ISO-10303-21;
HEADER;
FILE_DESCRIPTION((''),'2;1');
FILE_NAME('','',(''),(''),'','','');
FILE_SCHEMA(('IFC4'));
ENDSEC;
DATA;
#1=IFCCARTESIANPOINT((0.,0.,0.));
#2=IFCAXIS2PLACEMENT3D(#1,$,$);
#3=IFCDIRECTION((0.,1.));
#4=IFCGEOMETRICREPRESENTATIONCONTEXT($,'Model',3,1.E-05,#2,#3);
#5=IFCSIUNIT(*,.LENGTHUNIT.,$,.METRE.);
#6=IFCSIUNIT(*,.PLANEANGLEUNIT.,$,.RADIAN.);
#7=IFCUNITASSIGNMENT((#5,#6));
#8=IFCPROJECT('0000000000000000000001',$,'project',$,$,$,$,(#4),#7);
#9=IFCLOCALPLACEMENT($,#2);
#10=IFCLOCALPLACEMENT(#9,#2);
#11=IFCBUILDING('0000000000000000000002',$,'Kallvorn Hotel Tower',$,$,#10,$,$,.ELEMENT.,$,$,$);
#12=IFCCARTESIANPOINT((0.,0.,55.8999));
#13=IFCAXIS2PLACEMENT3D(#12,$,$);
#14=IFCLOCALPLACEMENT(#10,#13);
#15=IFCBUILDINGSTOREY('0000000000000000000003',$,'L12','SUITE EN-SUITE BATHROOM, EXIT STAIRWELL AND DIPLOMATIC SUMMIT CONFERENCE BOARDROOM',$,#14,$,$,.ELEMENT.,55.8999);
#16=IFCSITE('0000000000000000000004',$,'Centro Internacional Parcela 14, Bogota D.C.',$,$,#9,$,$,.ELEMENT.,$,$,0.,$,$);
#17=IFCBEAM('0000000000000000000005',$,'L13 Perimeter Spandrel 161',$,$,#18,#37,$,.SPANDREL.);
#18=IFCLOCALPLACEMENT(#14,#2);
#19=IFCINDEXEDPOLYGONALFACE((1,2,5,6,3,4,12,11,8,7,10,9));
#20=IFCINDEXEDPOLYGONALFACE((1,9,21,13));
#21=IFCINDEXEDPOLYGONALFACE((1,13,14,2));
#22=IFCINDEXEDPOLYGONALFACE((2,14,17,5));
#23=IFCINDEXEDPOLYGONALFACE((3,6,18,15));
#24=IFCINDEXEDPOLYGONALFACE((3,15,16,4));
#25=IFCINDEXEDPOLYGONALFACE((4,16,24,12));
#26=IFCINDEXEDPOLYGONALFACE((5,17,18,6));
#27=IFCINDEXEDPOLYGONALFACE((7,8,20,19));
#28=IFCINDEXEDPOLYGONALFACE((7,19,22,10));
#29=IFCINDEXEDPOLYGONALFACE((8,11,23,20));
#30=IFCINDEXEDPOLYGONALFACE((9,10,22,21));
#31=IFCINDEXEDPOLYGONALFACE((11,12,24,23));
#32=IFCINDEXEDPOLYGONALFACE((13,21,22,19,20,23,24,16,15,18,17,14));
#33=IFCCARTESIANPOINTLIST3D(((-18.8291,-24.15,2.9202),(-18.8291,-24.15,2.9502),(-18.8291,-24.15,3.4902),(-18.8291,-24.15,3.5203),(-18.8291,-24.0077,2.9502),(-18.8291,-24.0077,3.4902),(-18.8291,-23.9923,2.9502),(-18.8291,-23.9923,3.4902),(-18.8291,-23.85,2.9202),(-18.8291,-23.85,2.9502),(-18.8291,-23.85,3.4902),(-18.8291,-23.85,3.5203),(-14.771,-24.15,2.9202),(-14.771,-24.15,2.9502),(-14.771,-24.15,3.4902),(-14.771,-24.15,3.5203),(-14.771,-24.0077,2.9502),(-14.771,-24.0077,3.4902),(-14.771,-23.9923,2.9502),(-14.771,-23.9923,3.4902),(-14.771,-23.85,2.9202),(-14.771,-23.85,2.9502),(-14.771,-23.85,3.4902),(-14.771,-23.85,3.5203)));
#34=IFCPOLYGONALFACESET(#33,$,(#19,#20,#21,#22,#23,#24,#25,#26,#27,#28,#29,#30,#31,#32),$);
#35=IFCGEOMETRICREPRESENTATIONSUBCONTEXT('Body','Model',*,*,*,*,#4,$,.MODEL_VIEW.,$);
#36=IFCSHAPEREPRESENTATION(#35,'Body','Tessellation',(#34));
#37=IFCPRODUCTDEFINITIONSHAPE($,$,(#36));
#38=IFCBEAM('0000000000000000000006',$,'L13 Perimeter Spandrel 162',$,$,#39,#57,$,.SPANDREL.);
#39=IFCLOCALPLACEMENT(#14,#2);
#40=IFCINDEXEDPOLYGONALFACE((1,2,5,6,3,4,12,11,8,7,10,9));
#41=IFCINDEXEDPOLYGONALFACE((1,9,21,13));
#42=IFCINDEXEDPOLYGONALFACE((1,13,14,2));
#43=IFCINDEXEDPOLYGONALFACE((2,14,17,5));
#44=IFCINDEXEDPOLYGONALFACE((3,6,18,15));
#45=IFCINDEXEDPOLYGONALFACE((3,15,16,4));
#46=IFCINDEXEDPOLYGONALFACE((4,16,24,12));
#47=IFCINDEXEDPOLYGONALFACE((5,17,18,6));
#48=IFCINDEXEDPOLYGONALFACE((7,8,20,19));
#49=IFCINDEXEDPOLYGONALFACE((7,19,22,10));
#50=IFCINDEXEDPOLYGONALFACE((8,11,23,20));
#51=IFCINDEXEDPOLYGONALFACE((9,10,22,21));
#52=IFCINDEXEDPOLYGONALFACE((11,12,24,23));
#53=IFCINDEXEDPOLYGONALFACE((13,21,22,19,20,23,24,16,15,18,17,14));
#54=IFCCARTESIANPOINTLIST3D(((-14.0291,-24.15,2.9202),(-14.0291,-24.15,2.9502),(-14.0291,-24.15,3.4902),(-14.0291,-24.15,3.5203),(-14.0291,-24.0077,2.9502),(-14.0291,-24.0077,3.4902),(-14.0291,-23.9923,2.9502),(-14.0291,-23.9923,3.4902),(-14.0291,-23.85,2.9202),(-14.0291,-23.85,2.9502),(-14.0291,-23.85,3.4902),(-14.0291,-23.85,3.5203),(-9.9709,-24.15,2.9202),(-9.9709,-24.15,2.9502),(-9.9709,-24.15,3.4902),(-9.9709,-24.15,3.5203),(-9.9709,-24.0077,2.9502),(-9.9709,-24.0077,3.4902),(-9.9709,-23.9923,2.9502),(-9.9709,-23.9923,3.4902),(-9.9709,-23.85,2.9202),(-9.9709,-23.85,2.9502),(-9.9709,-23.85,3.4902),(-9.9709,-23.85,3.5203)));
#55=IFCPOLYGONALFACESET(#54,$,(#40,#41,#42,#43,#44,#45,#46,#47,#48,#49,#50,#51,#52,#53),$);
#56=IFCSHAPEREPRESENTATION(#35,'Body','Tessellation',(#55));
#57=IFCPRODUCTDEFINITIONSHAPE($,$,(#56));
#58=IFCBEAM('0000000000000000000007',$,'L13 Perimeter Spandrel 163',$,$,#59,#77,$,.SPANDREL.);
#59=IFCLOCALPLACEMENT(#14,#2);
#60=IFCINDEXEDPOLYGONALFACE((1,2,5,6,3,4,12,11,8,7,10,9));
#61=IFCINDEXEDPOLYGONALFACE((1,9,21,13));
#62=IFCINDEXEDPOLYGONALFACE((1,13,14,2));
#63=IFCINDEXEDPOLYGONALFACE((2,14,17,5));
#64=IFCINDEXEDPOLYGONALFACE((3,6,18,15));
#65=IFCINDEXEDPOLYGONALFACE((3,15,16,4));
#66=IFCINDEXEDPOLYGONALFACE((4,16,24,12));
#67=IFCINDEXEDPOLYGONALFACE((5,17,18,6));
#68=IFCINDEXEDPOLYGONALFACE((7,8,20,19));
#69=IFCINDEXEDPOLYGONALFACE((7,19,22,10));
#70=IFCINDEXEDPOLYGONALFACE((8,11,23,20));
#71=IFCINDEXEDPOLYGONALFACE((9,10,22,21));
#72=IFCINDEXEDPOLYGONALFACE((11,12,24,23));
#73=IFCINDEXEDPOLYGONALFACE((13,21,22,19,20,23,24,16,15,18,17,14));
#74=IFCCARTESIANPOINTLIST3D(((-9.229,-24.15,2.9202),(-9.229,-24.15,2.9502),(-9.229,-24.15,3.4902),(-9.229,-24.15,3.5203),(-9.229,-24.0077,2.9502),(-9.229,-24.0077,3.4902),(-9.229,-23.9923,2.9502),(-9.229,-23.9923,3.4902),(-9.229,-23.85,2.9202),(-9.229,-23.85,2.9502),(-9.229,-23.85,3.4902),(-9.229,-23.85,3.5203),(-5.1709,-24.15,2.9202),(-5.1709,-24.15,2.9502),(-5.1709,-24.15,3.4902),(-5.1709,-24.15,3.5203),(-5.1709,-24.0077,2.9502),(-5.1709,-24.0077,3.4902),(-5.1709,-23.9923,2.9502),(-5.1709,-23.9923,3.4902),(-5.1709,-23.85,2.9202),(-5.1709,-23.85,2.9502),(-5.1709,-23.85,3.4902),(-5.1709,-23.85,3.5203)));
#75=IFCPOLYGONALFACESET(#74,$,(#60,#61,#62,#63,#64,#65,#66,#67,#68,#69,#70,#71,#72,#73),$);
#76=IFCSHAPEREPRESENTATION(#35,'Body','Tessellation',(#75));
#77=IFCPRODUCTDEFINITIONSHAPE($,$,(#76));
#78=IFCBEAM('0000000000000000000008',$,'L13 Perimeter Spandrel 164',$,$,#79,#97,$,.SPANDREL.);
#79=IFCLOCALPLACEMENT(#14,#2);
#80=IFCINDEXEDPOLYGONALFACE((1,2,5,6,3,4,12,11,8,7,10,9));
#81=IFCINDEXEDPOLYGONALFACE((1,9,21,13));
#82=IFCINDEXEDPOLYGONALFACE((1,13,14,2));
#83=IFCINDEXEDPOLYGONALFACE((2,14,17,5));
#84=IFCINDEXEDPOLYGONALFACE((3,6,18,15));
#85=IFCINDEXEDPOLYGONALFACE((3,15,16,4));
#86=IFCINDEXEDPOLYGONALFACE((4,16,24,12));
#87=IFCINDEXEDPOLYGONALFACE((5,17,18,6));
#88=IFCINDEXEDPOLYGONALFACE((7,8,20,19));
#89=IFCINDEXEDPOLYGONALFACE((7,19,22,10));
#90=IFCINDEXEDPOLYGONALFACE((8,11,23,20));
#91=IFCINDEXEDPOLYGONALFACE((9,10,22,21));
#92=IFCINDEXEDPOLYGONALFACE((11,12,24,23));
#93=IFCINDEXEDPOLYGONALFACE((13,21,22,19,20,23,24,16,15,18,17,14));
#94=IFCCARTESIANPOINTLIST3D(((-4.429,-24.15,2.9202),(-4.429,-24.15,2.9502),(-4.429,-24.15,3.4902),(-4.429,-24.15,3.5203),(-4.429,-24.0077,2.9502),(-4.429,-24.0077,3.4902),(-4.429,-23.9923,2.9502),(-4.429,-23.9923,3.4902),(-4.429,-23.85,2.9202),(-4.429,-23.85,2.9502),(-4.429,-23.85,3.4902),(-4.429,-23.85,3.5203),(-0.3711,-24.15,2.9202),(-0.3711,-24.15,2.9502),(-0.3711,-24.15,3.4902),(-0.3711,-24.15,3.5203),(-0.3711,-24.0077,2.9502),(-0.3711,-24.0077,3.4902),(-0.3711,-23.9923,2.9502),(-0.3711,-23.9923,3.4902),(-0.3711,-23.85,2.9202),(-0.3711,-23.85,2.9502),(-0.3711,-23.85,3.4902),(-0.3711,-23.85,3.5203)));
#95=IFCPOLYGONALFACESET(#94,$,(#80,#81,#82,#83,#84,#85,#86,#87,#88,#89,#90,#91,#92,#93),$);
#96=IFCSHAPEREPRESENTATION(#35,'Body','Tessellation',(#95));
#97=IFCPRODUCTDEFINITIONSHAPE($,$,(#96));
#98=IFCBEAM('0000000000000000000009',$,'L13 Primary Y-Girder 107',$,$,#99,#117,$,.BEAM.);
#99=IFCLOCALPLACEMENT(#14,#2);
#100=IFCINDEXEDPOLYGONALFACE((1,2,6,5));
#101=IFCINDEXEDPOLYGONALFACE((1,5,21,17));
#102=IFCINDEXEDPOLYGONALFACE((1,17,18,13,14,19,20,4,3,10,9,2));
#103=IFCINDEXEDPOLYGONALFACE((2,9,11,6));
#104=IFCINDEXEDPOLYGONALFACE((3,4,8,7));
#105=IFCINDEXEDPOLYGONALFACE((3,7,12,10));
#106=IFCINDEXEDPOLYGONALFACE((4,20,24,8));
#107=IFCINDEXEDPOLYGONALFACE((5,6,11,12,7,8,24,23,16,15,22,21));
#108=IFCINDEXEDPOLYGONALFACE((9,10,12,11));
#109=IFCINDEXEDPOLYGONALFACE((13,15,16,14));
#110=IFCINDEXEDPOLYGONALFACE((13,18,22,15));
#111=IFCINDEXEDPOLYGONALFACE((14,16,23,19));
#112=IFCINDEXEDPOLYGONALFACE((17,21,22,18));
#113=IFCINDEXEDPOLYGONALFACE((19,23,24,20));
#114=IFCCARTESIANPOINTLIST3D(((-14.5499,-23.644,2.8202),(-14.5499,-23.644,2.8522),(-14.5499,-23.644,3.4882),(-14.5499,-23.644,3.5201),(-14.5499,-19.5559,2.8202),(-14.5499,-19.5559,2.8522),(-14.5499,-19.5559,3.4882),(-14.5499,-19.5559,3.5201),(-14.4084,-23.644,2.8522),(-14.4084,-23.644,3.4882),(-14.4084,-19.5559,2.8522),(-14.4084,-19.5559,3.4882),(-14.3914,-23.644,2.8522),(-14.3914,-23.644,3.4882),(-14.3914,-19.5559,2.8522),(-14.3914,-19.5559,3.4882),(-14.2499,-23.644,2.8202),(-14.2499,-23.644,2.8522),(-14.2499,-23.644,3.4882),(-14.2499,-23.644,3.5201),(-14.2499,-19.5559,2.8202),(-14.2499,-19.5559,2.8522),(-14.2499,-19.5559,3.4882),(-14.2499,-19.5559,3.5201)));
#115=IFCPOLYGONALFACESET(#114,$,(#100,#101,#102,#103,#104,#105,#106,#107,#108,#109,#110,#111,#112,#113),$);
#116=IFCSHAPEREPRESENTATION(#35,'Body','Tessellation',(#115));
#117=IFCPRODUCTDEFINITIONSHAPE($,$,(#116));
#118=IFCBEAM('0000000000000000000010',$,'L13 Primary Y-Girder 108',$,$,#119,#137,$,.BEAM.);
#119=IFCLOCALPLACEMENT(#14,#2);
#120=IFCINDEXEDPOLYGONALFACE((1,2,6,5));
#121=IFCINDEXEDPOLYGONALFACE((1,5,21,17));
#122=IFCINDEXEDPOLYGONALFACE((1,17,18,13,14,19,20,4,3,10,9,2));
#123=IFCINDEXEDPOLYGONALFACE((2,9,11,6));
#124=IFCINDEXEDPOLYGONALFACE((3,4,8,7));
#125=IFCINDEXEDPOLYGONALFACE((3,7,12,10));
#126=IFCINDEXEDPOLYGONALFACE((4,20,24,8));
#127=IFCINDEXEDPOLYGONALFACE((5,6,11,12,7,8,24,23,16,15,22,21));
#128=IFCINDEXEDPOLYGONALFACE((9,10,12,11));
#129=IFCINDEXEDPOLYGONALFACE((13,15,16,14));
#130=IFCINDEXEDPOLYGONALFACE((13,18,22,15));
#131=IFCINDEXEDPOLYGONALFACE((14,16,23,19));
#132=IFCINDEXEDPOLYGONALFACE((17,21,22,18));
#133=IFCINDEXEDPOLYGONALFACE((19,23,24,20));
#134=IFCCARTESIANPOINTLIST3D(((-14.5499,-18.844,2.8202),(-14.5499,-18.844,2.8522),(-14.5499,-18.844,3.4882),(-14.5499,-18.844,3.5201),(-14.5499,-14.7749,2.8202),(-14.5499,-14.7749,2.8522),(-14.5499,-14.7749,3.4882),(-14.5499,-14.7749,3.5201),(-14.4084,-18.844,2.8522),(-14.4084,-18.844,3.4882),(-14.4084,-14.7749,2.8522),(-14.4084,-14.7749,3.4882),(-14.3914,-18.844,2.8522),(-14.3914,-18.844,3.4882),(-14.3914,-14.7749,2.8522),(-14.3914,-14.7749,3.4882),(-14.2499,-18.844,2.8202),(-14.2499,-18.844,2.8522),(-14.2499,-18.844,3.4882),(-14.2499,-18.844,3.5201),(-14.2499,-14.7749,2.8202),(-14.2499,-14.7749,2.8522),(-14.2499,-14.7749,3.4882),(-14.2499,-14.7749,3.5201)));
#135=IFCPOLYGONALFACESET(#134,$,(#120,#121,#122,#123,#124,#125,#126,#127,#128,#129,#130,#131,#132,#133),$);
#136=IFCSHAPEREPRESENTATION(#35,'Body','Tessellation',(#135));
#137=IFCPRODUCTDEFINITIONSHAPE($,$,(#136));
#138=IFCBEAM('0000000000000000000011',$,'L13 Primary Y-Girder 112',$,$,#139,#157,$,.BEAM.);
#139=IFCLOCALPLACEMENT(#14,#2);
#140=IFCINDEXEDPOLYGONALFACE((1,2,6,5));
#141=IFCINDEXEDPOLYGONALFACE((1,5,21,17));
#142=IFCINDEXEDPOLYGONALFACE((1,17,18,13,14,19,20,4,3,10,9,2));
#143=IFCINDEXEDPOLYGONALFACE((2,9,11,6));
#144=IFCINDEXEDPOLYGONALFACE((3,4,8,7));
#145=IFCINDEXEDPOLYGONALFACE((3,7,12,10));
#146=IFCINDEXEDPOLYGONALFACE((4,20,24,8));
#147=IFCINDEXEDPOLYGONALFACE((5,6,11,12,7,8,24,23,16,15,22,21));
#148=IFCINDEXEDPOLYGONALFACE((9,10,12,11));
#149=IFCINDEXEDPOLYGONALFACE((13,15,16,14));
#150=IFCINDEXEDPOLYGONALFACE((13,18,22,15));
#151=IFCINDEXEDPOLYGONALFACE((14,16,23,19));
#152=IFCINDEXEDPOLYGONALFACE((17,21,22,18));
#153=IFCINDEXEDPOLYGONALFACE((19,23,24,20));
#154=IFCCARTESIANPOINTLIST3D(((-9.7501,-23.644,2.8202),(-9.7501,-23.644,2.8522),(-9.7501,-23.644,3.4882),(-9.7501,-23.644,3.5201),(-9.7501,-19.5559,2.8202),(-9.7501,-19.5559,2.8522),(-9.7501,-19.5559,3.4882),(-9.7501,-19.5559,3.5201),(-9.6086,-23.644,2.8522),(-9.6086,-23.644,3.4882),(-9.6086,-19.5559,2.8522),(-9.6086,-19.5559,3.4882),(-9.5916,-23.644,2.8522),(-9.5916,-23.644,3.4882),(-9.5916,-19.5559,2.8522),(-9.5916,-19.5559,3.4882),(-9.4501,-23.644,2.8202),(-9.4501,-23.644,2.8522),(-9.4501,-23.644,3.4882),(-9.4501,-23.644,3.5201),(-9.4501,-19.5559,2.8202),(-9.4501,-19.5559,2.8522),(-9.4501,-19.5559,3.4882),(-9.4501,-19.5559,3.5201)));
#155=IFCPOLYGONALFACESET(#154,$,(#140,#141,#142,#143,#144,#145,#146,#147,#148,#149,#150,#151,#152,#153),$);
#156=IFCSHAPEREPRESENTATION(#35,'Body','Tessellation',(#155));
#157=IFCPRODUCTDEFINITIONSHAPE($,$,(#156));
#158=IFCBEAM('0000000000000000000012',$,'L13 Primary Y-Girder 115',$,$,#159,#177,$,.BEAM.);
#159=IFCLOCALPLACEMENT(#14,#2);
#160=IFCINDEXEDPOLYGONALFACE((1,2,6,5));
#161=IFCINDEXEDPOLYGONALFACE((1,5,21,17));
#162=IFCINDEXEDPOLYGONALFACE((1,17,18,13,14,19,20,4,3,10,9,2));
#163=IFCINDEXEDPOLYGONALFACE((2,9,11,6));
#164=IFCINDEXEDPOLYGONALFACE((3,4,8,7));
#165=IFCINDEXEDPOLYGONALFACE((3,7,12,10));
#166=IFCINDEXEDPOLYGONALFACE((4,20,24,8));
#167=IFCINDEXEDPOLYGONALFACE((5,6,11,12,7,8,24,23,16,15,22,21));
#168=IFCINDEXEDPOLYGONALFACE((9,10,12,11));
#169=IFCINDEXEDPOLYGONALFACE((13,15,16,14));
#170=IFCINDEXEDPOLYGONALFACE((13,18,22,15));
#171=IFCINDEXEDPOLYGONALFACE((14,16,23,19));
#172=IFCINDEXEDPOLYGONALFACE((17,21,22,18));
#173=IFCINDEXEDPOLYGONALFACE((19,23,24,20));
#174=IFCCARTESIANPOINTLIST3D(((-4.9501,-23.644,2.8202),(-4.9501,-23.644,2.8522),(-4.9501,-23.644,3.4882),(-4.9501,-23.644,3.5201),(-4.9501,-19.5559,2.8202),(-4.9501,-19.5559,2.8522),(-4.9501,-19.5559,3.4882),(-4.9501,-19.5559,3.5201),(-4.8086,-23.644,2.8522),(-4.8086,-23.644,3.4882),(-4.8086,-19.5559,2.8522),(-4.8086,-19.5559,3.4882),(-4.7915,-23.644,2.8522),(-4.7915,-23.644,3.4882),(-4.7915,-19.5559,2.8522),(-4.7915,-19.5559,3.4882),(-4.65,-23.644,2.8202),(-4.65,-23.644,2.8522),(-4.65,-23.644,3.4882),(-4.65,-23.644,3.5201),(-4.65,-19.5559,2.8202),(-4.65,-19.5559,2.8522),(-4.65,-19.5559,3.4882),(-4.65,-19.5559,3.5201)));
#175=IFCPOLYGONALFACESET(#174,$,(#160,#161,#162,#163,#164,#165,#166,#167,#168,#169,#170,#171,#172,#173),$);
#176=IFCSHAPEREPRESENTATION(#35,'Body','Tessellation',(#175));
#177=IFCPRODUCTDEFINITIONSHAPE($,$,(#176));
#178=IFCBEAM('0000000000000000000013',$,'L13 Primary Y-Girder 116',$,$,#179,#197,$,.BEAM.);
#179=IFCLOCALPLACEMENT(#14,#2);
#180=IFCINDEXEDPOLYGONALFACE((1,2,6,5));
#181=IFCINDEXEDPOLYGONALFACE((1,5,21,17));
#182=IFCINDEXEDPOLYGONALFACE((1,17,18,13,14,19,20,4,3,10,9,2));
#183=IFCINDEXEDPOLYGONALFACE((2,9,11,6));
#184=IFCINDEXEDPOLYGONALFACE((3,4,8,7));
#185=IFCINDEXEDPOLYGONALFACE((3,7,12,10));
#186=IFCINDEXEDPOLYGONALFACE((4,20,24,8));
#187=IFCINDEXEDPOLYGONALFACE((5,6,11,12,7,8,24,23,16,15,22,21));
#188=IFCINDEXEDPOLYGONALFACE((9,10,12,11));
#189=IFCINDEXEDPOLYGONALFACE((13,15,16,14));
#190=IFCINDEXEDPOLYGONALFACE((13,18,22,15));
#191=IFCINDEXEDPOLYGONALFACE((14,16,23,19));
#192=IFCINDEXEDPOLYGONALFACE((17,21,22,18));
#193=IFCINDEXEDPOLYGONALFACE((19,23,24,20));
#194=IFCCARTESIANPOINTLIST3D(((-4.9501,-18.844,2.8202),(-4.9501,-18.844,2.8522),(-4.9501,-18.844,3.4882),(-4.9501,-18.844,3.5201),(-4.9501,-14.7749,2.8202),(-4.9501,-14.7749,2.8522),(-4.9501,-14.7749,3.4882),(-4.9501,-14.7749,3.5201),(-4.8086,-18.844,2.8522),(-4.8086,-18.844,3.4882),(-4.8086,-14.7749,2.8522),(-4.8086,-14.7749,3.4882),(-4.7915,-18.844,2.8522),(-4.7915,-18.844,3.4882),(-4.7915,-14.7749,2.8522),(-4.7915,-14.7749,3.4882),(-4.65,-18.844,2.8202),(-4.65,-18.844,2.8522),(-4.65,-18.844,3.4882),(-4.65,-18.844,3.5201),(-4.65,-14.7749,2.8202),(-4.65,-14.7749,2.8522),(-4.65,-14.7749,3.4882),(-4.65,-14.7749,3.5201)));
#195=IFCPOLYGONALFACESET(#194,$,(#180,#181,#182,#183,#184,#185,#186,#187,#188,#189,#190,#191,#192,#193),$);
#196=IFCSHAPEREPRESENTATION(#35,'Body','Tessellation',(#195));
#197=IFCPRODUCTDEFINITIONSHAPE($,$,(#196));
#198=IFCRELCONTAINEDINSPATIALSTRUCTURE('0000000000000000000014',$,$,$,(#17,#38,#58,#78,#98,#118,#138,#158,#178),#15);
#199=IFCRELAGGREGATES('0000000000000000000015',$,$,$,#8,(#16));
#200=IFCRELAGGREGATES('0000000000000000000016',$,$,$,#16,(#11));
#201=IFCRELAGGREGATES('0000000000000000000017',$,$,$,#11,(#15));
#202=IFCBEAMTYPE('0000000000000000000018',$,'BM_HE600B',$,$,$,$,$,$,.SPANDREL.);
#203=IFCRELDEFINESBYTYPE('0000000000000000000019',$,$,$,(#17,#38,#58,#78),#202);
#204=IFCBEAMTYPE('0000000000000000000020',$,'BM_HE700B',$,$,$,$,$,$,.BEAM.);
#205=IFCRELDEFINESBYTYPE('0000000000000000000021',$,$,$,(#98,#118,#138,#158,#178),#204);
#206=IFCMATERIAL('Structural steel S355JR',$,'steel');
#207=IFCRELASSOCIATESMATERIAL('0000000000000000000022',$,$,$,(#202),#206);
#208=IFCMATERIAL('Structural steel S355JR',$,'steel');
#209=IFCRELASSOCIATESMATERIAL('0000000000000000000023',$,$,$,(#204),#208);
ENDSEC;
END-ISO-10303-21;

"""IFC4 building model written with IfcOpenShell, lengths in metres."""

from ifc_helpers import new_model, si_unit, direction, frame, origin, origin_2d, place, context, subcontext, project, spatial, i_section, extrude, material, material_profile, profile_set, type_object, element, save


model = new_model("IFC4")

# Units and contexts
model_context = context("Model", 3, precision=1e-05, world=origin(), true_north=direction((0.0, 1.0)))
body_context = subcontext(model_context, "Body", "Model", "MODEL_VIEW")
ifc_project = project(units=[si_unit("LENGTHUNIT", "METRE"), si_unit("PLANEANGLEUNIT", "RADIAN")], contexts=[model_context])

# Site, building, storey
site_placement = place(None, origin())
site = spatial("IfcSite", under=ifc_project, at=site_placement, Name="Centro Internacional Parcela 14, Bogota D.C.", CompositionType="ELEMENT", RefElevation=0.0)
building_placement = place(site_placement, origin())
building = spatial("IfcBuilding", under=site, at=building_placement, Name="Kallvorn Hotel Tower", CompositionType="ELEMENT")
storey_placement = place(building_placement, frame((0.0, 0.0, 55.8999)))
storey = spatial("IfcBuildingStorey", under=building, at=storey_placement, Name="L12", Description="SUITE EN-SUITE BATHROOM, EXIT STAIRWELL AND DIPLOMATIC SUMMIT CONFERENCE BOARDROOM", CompositionType="ELEMENT", Elevation=55.8999)

# Beams
ifc_material_1 = material(Name="Structural steel S355JR", Category="steel")
ifc_material_profile_1 = material_profile(ifc_material_1, i_section(OverallWidth=0.3, OverallDepth=0.6001, WebThickness=0.0154, FlangeThickness=0.03, at=origin_2d()), Name="HE 600 B")
ifc_profile_set_1 = profile_set([ifc_material_profile_1], Name="Structural steel S355JR")
beam_type_1 = type_object("IfcBeamType", Name="BM_HE600B", PredefinedType="SPANDREL", material=ifc_profile_set_1)
for number, where, z_axis, x_axis, name in (
    (1, (-18.8291, -24.0, 3.2202), (1.0, 0.0, 0.0), (0.0, 1.0, 0.0), "L13 Perimeter Spandrel 161"),
    (2, (-14.0291, -24.0, 3.2202), (1.0, 0.0, 0.0), (0.0, 1.0, 0.0), "L13 Perimeter Spandrel 162"),
    (3, (-9.229, -24.0, 3.2202), (1.0, 0.0, 0.0), (0.0, 1.0, 0.0), "L13 Perimeter Spandrel 163"),
):
    element("IfcBeam", number, at=place(storey_placement, frame(where, z_axis=z_axis, x_axis=x_axis)), inside=storey, type_object=beam_type_1, Name=name, PredefinedType="SPANDREL", context=body_context, shape_type="SweptSolid", body=[
        extrude(i_section(OverallWidth=0.3, OverallDepth=0.6001, WebThickness=0.0154, FlangeThickness=0.03, at=origin_2d()), origin(), (0.0, 0.0, 1.0), 4.0581),
    ])
beam_1_placement = place(storey_placement, frame((-4.429, -24.0, 3.2202), z_axis=(1.0, 0.0, 0.0), x_axis=(0.0, 1.0, 0.0)))
element("IfcBeam", 4, at=beam_1_placement, inside=storey, type_object=beam_type_1, Name="L13 Perimeter Spandrel 164", PredefinedType="SPANDREL", context=body_context, shape_type="SweptSolid", body=[
    extrude(i_section(OverallWidth=0.3, OverallDepth=0.6001, WebThickness=0.0154, FlangeThickness=0.03, at=origin_2d()), origin(), (0.0, 0.0, 1.0), 4.0579),
])
ifc_material_2 = material(Name="Structural steel S355JR", Category="steel")
ifc_material_profile_2 = material_profile(ifc_material_2, i_section(OverallWidth=0.3, OverallDepth=0.7, WebThickness=0.0171, FlangeThickness=0.032, at=origin_2d()), Name="HE 700 B")
ifc_profile_set_2 = profile_set([ifc_material_profile_2], Name="Structural steel S355JR")
beam_type_2 = type_object("IfcBeamType", Name="BM_HE700B", PredefinedType="BEAM", material=ifc_profile_set_2)
beam_2_placement = place(storey_placement, frame((-14.3999, -23.644, 3.1702), z_axis=(0.0, 1.0, 0.0), x_axis=(-1.0, 0.0, 0.0)))
element("IfcBeam", 5, at=beam_2_placement, inside=storey, type_object=beam_type_2, Name="L13 Primary Y-Girder 107", PredefinedType="BEAM", context=body_context, shape_type="SweptSolid", body=[
    extrude(i_section(OverallWidth=0.3, OverallDepth=0.7, WebThickness=0.0171, FlangeThickness=0.032, at=origin_2d()), origin(), (0.0, 0.0, 1.0), 4.0881),
])
beam_3_placement = place(storey_placement, frame((-14.3999, -18.844, 3.1702), z_axis=(0.0, 1.0, 0.0), x_axis=(-1.0, 0.0, 0.0)))
element("IfcBeam", 6, at=beam_3_placement, inside=storey, type_object=beam_type_2, Name="L13 Primary Y-Girder 108", PredefinedType="BEAM", context=body_context, shape_type="SweptSolid", body=[
    extrude(i_section(OverallWidth=0.3, OverallDepth=0.7, WebThickness=0.0171, FlangeThickness=0.032, at=origin_2d()), origin(), (0.0, 0.0, 1.0), 4.0691),
])
for number, where, z_axis, x_axis, name in (
    (7, (-9.6001, -23.644, 3.1702), (0.0, 1.0, 0.0), (-1.0, 0.0, 0.0), "L13 Primary Y-Girder 112"),
    (8, (-4.8, -23.644, 3.1702), (0.0, 1.0, 0.0), (-1.0, 0.0, 0.0), "L13 Primary Y-Girder 115"),
):
    element("IfcBeam", number, at=place(storey_placement, frame(where, z_axis=z_axis, x_axis=x_axis)), inside=storey, type_object=beam_type_2, Name=name, PredefinedType="BEAM", context=body_context, shape_type="SweptSolid", body=[
        extrude(i_section(OverallWidth=0.3, OverallDepth=0.7, WebThickness=0.0171, FlangeThickness=0.032, at=origin_2d()), origin(), (0.0, 0.0, 1.0), 4.0881),
    ])
beam_4_placement = place(storey_placement, frame((-4.8, -18.844, 3.1702), z_axis=(0.0, 1.0, 0.0), x_axis=(-1.0, 0.0, 0.0)))
element("IfcBeam", 9, at=beam_4_placement, inside=storey, type_object=beam_type_2, Name="L13 Primary Y-Girder 116", PredefinedType="BEAM", context=body_context, shape_type="SweptSolid", body=[
    extrude(i_section(OverallWidth=0.3, OverallDepth=0.7, WebThickness=0.0171, FlangeThickness=0.032, at=origin_2d()), origin(), (0.0, 0.0, 1.0), 4.0691),
])

save(model, "model.ifc")
